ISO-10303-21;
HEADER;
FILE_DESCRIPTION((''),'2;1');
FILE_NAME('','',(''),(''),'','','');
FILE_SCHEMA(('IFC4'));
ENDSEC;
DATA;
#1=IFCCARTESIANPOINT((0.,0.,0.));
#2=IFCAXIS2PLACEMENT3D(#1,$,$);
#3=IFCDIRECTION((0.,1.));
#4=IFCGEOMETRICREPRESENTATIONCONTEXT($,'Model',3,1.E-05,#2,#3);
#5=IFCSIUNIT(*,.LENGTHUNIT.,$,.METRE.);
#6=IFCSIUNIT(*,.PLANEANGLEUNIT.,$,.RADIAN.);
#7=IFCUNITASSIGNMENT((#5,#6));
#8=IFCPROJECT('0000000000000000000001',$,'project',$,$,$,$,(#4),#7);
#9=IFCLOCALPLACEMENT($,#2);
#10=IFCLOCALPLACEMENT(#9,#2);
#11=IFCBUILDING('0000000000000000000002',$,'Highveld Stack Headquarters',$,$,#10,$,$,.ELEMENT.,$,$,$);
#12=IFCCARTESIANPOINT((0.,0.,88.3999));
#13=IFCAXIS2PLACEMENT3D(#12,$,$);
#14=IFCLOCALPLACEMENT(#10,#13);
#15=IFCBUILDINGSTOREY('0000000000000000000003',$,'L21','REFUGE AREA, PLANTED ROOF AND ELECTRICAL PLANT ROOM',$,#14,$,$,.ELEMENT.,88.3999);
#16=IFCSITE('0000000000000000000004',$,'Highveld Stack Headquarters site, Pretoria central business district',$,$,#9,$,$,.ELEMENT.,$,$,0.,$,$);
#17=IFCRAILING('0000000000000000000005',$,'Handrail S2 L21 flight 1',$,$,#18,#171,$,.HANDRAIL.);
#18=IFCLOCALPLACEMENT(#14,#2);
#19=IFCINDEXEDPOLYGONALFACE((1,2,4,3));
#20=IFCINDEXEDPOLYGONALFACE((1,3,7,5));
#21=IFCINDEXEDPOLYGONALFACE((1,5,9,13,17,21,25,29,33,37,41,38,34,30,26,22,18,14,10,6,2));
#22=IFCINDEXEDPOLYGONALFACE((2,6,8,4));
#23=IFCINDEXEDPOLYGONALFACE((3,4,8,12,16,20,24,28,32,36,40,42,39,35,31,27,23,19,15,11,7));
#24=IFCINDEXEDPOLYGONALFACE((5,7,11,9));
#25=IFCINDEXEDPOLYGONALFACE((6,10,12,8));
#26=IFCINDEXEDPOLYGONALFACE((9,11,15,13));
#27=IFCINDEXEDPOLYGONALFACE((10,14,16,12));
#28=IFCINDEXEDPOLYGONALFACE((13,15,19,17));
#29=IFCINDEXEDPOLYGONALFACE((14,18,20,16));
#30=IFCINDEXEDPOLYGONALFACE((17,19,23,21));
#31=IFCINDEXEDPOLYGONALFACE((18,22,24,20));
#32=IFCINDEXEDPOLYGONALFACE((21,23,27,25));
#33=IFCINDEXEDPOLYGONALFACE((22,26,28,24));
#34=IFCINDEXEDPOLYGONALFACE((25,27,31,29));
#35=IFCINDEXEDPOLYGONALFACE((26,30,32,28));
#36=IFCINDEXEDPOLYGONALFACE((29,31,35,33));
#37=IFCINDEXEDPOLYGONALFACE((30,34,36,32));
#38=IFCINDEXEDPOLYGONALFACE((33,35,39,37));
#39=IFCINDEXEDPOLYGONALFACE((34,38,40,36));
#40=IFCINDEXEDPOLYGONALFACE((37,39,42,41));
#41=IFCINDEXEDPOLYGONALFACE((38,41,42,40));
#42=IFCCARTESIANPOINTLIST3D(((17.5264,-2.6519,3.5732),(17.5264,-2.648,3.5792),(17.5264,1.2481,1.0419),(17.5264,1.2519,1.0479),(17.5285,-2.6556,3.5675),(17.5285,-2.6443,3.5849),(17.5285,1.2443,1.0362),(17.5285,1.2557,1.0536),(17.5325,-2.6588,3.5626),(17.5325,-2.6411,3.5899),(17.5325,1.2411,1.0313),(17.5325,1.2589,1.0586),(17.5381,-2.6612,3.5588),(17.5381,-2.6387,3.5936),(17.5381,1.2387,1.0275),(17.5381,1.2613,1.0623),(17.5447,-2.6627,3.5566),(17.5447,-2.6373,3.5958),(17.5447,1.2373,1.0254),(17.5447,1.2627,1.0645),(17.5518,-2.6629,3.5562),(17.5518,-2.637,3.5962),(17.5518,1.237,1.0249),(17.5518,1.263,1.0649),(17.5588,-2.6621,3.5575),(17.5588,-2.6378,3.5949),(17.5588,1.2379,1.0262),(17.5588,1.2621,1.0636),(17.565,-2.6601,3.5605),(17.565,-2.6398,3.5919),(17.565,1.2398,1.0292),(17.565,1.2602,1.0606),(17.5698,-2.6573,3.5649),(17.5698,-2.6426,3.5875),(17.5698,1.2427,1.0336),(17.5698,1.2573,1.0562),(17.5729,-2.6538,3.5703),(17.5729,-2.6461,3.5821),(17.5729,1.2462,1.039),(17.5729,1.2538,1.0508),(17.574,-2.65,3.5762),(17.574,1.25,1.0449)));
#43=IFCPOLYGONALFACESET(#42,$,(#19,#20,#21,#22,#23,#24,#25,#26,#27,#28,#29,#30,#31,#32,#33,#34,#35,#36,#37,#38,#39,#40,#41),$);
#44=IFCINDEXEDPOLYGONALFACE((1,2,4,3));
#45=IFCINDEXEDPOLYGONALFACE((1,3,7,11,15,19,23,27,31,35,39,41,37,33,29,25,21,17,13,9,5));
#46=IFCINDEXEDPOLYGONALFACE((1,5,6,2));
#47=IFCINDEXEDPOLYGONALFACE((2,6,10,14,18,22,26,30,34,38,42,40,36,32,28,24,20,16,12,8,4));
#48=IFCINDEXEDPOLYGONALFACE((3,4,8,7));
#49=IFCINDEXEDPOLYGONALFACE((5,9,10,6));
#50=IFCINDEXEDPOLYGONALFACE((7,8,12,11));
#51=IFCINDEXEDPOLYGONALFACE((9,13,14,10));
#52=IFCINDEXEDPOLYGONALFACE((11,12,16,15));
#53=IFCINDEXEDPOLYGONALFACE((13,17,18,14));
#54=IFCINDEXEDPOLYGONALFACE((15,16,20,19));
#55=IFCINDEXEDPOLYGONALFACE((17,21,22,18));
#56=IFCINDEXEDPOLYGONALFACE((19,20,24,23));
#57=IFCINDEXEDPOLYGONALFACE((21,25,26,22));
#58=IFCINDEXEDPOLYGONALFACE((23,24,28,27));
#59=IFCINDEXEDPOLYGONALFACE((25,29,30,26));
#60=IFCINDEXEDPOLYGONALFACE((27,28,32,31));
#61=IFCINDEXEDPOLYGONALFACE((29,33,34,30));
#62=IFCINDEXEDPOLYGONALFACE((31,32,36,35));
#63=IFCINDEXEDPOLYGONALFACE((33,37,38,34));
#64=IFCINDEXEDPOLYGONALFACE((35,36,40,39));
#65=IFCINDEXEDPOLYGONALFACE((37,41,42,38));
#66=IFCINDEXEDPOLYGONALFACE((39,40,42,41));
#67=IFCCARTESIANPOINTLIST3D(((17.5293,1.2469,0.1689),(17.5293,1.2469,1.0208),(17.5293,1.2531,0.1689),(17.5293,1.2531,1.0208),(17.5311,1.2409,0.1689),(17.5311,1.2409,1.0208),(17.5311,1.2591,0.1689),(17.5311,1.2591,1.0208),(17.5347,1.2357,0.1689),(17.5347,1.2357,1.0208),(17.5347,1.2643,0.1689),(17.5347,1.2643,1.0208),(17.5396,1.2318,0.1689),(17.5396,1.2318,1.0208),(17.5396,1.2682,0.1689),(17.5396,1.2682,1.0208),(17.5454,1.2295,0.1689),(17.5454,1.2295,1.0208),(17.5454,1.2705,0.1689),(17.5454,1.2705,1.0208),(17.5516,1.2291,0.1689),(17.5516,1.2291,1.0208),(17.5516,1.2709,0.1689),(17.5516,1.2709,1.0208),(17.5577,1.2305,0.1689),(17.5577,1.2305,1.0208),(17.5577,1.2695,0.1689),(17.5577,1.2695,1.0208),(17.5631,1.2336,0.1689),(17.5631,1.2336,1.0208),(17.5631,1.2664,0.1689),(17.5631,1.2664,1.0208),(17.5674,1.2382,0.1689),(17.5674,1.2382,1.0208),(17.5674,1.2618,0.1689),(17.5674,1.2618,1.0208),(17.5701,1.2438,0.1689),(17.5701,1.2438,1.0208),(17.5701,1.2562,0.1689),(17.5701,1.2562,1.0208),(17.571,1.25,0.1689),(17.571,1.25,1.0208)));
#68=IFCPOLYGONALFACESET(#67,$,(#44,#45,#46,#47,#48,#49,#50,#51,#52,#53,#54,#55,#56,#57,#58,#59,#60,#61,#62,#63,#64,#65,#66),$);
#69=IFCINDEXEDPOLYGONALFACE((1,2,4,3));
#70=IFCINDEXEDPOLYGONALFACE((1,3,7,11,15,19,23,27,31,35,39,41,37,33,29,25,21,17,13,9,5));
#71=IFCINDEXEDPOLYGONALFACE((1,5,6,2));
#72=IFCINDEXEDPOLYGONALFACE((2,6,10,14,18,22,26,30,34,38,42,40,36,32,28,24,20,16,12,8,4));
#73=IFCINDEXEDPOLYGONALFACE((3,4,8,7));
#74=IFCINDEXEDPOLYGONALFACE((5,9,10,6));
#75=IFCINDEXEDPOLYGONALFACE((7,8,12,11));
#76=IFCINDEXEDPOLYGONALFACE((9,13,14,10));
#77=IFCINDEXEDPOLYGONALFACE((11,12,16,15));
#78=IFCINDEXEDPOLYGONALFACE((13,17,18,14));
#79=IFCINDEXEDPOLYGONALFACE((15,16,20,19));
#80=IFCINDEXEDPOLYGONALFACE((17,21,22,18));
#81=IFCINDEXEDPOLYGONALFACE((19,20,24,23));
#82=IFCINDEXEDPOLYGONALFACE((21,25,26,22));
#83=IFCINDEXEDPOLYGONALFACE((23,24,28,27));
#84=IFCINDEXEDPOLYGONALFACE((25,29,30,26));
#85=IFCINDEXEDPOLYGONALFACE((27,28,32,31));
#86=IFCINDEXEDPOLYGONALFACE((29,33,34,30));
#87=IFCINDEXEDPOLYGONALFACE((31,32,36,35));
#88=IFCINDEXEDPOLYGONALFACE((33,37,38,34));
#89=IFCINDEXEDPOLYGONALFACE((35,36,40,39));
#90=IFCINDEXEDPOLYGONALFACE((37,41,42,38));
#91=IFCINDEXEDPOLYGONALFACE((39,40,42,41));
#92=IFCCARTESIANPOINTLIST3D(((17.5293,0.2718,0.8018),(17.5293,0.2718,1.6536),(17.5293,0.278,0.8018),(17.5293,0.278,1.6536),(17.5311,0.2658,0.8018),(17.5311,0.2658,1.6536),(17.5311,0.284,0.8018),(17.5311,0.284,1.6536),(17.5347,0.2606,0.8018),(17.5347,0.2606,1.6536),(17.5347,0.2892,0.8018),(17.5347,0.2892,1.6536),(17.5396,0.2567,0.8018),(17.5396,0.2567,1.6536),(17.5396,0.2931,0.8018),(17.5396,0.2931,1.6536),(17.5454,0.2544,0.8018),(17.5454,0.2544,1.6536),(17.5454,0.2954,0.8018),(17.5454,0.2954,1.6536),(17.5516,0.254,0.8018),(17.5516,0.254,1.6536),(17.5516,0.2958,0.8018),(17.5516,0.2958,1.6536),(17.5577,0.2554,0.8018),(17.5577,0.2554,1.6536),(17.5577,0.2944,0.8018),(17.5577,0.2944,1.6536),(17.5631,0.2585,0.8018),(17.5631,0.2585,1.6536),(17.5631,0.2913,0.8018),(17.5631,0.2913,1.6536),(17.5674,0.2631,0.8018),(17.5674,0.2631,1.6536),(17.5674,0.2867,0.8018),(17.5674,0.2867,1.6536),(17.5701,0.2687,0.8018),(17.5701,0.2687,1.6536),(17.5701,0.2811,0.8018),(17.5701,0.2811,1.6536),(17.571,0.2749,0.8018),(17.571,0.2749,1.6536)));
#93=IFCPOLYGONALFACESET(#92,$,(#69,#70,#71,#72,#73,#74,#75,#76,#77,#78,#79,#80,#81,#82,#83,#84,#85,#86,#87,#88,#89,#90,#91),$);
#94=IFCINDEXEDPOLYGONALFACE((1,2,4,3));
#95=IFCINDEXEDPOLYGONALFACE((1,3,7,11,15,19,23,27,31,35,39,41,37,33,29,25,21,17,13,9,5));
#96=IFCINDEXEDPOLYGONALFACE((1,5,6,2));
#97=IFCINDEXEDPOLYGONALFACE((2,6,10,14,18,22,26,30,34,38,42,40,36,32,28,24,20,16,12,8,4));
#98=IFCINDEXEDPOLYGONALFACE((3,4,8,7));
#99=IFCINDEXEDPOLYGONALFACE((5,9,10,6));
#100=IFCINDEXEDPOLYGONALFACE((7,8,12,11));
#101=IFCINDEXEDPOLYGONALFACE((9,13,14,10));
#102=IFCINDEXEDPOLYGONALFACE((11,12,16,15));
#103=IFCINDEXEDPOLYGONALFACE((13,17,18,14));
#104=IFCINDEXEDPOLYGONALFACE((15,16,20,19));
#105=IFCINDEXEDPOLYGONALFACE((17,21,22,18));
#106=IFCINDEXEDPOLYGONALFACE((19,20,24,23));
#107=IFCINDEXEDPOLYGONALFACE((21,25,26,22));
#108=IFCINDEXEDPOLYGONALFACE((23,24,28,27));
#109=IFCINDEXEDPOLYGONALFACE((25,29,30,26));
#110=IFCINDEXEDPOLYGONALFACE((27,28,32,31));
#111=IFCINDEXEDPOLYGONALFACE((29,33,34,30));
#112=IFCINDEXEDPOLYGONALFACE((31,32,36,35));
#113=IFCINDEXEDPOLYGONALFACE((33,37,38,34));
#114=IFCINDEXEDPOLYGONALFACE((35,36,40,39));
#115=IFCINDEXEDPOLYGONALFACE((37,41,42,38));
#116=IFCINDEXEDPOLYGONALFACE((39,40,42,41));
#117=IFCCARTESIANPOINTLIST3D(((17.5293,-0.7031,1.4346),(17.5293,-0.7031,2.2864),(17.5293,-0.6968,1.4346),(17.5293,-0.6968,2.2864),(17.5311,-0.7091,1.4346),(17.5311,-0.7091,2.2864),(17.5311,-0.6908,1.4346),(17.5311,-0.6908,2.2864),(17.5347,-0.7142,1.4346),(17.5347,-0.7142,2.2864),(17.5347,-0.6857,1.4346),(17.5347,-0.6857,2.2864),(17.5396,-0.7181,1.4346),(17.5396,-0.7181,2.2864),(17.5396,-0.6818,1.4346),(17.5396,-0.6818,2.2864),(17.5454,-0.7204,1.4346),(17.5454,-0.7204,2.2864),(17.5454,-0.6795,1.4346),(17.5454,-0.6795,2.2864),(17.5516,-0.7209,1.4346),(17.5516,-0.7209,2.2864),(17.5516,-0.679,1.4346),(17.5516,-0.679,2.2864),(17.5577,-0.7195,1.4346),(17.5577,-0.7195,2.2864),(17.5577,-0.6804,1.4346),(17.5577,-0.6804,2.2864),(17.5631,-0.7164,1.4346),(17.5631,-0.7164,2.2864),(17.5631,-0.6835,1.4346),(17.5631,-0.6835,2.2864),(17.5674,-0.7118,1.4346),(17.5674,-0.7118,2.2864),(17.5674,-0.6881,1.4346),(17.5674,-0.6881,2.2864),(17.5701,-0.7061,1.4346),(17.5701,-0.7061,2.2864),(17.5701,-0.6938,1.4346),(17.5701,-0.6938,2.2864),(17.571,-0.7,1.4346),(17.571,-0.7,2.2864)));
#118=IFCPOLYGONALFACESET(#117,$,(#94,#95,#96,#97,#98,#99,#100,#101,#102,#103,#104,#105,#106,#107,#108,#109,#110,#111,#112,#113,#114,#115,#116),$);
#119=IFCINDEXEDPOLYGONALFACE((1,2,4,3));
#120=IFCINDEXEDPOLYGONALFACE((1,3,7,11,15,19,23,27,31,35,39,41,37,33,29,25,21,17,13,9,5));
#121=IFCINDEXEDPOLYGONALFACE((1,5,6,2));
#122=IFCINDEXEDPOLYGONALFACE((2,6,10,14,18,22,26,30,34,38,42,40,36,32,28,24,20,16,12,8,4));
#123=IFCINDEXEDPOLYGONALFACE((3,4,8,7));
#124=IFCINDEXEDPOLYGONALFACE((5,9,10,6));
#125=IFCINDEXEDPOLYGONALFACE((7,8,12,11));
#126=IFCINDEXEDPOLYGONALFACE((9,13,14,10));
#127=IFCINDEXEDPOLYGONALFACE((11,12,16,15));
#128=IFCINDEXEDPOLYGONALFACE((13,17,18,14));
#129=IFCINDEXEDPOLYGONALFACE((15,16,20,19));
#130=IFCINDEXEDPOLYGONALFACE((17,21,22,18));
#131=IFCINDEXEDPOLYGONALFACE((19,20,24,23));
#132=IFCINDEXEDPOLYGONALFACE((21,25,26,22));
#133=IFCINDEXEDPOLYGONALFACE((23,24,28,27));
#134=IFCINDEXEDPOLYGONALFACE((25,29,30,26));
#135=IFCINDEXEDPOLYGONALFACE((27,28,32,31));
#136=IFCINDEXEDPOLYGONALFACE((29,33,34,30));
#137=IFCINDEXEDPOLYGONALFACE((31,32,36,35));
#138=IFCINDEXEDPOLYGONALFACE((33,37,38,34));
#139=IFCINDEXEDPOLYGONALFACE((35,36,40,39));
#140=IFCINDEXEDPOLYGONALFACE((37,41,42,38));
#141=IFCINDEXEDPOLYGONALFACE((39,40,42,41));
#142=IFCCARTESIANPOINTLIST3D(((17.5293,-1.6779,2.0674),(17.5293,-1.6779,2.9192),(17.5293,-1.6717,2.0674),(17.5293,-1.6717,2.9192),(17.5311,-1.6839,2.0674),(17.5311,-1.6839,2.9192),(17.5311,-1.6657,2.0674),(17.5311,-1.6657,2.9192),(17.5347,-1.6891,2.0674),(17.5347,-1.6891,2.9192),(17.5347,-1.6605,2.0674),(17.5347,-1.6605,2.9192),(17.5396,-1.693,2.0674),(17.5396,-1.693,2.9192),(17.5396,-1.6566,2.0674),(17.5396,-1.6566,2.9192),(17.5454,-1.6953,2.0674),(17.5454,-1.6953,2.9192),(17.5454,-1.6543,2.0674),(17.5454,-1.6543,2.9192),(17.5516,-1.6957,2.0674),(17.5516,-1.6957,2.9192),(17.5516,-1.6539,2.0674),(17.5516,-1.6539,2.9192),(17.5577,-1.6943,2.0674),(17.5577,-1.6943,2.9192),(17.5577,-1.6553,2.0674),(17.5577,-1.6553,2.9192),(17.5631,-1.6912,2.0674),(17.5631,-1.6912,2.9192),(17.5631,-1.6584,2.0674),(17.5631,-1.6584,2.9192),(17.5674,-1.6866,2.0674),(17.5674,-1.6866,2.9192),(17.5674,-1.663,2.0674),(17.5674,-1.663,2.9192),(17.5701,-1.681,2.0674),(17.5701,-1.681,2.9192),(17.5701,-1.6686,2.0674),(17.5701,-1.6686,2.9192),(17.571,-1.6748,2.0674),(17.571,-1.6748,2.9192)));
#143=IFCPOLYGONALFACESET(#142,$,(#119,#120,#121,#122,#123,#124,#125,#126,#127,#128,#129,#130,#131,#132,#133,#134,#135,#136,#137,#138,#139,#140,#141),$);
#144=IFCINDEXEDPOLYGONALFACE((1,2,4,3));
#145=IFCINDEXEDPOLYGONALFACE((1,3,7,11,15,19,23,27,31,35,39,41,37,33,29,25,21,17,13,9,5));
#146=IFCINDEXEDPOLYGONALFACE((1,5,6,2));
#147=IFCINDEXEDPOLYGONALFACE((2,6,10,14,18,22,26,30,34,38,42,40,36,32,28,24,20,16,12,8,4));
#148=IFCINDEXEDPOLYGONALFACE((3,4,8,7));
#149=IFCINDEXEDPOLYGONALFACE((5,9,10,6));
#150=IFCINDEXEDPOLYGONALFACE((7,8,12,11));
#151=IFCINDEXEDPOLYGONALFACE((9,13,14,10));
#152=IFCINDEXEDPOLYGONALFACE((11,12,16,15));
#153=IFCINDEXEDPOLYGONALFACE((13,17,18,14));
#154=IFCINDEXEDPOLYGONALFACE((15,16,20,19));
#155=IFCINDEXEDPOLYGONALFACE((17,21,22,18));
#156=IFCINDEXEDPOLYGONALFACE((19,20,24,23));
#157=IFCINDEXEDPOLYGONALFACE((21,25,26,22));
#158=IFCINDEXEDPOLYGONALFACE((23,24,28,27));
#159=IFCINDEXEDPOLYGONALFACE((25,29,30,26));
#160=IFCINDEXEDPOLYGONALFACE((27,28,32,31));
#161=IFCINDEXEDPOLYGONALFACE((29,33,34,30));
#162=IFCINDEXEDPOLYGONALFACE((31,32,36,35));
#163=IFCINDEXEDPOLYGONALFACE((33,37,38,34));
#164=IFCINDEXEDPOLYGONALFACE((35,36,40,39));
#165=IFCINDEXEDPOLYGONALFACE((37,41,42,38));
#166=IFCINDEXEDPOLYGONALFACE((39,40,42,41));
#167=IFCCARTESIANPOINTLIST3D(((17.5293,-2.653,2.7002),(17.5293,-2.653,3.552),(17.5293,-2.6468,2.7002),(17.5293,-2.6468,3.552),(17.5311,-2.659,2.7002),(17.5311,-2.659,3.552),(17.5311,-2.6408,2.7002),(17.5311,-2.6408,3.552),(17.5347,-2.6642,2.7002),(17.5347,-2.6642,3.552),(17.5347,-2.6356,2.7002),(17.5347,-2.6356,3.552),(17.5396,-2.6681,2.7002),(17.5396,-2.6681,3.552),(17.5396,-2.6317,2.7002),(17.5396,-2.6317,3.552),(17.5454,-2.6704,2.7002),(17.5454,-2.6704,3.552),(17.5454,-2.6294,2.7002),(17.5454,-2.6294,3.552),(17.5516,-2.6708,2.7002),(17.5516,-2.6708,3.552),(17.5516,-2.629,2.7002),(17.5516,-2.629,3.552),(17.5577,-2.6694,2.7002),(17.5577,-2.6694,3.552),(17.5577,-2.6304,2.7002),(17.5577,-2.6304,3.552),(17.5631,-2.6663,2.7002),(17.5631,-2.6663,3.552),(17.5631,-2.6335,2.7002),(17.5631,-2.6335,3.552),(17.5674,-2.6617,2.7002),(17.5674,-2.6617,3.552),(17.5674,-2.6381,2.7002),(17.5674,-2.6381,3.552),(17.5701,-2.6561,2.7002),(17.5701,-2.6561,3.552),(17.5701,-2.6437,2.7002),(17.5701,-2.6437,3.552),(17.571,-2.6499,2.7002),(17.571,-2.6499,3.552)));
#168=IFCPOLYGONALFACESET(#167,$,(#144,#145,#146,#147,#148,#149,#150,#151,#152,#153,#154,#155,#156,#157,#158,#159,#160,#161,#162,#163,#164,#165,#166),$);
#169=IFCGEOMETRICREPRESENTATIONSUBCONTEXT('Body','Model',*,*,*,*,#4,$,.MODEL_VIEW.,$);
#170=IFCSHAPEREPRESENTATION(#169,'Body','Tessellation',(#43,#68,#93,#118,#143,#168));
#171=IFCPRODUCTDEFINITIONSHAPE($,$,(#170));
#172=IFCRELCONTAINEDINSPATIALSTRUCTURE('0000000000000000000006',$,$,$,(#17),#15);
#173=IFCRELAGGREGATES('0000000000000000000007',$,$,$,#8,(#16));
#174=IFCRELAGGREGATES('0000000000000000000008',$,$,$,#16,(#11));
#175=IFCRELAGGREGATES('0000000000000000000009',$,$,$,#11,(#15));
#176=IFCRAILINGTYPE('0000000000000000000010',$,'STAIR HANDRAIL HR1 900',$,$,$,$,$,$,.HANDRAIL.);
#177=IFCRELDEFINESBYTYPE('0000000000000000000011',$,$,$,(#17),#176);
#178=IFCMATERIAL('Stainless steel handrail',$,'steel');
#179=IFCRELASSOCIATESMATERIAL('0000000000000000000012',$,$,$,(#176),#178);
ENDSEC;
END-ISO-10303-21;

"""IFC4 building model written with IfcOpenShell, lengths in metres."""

from ifc_helpers import new_model, si_unit, direction, frame, origin, origin_2d, place, context, subcontext, project, spatial, circle, extrude, material, type_object, element, save


model = new_model("IFC4")

# Units and contexts
model_context = context("Model", 3, precision=1e-05, world=origin(), true_north=direction((0.0, 1.0)))
body_context = subcontext(model_context, "Body", "Model", "MODEL_VIEW")
ifc_project = project(units=[si_unit("LENGTHUNIT", "METRE"), si_unit("PLANEANGLEUNIT", "RADIAN")], contexts=[model_context])

# Site, building, storey
site_placement = place(None, origin())
site = spatial("IfcSite", under=ifc_project, at=site_placement, Name="Highveld Stack Headquarters site, Pretoria central business district", CompositionType="ELEMENT", RefElevation=0.0)
building_placement = place(site_placement, origin())
building = spatial("IfcBuilding", under=site, at=building_placement, Name="Highveld Stack Headquarters", CompositionType="ELEMENT")
storey_placement = place(building_placement, frame((0.0, 0.0, 88.3999)))
storey = spatial("IfcBuildingStorey", under=building, at=storey_placement, Name="L21", Description="REFUGE AREA, PLANTED ROOF AND ELECTRICAL PLANT ROOM", CompositionType="ELEMENT", Elevation=88.3999)

# Railing
ifc_material_1 = material(Name="Stainless steel handrail", Category="steel")
railing_type = type_object("IfcRailingType", Name="STAIR HANDRAIL HR1 900", PredefinedType="HANDRAIL", material=ifc_material_1)
for number, where, name in (
    (1, (17.55, 1.25, 0.1689), "Handrail S2 L21 flight 1"),
):
    element("IfcRailing", number, at=place(storey_placement, frame(where)), inside=storey, type_object=railing_type, Name=name, PredefinedType="HANDRAIL", context=body_context, shape_type="SweptSolid", body=[
        extrude(circle(Radius=0.0239, at=origin_2d()), frame((0.0, 0.0, 0.876), z_axis=(0.0, -0.838806, 0.544431), x_axis=(1.0, 0.0, 0.0)), (0.0, 0.0, 1.0), 4.6494),
        extrude(circle(Radius=0.021, at=origin_2d()), origin(), (0.0, 0.0, 1.0), 0.8518),
        extrude(circle(Radius=0.021, at=origin_2d()), frame((0.0, -0.9751, 0.6328)), (0.0, 0.0, 1.0), 0.8518),
        extrude(circle(Radius=0.021, at=origin_2d()), frame((0.0, -1.95, 1.2656)), (0.0, 0.0, 1.0), 0.8518),
        extrude(circle(Radius=0.021, at=origin_2d()), frame((0.0, -2.9248, 1.8984)), (0.0, 0.0, 1.0), 0.8518),
        extrude(circle(Radius=0.021, at=origin_2d()), frame((0.0, -3.8999, 2.5312)), (0.0, 0.0, 1.0), 0.8518),
    ])

save(model, "model.ifc")
